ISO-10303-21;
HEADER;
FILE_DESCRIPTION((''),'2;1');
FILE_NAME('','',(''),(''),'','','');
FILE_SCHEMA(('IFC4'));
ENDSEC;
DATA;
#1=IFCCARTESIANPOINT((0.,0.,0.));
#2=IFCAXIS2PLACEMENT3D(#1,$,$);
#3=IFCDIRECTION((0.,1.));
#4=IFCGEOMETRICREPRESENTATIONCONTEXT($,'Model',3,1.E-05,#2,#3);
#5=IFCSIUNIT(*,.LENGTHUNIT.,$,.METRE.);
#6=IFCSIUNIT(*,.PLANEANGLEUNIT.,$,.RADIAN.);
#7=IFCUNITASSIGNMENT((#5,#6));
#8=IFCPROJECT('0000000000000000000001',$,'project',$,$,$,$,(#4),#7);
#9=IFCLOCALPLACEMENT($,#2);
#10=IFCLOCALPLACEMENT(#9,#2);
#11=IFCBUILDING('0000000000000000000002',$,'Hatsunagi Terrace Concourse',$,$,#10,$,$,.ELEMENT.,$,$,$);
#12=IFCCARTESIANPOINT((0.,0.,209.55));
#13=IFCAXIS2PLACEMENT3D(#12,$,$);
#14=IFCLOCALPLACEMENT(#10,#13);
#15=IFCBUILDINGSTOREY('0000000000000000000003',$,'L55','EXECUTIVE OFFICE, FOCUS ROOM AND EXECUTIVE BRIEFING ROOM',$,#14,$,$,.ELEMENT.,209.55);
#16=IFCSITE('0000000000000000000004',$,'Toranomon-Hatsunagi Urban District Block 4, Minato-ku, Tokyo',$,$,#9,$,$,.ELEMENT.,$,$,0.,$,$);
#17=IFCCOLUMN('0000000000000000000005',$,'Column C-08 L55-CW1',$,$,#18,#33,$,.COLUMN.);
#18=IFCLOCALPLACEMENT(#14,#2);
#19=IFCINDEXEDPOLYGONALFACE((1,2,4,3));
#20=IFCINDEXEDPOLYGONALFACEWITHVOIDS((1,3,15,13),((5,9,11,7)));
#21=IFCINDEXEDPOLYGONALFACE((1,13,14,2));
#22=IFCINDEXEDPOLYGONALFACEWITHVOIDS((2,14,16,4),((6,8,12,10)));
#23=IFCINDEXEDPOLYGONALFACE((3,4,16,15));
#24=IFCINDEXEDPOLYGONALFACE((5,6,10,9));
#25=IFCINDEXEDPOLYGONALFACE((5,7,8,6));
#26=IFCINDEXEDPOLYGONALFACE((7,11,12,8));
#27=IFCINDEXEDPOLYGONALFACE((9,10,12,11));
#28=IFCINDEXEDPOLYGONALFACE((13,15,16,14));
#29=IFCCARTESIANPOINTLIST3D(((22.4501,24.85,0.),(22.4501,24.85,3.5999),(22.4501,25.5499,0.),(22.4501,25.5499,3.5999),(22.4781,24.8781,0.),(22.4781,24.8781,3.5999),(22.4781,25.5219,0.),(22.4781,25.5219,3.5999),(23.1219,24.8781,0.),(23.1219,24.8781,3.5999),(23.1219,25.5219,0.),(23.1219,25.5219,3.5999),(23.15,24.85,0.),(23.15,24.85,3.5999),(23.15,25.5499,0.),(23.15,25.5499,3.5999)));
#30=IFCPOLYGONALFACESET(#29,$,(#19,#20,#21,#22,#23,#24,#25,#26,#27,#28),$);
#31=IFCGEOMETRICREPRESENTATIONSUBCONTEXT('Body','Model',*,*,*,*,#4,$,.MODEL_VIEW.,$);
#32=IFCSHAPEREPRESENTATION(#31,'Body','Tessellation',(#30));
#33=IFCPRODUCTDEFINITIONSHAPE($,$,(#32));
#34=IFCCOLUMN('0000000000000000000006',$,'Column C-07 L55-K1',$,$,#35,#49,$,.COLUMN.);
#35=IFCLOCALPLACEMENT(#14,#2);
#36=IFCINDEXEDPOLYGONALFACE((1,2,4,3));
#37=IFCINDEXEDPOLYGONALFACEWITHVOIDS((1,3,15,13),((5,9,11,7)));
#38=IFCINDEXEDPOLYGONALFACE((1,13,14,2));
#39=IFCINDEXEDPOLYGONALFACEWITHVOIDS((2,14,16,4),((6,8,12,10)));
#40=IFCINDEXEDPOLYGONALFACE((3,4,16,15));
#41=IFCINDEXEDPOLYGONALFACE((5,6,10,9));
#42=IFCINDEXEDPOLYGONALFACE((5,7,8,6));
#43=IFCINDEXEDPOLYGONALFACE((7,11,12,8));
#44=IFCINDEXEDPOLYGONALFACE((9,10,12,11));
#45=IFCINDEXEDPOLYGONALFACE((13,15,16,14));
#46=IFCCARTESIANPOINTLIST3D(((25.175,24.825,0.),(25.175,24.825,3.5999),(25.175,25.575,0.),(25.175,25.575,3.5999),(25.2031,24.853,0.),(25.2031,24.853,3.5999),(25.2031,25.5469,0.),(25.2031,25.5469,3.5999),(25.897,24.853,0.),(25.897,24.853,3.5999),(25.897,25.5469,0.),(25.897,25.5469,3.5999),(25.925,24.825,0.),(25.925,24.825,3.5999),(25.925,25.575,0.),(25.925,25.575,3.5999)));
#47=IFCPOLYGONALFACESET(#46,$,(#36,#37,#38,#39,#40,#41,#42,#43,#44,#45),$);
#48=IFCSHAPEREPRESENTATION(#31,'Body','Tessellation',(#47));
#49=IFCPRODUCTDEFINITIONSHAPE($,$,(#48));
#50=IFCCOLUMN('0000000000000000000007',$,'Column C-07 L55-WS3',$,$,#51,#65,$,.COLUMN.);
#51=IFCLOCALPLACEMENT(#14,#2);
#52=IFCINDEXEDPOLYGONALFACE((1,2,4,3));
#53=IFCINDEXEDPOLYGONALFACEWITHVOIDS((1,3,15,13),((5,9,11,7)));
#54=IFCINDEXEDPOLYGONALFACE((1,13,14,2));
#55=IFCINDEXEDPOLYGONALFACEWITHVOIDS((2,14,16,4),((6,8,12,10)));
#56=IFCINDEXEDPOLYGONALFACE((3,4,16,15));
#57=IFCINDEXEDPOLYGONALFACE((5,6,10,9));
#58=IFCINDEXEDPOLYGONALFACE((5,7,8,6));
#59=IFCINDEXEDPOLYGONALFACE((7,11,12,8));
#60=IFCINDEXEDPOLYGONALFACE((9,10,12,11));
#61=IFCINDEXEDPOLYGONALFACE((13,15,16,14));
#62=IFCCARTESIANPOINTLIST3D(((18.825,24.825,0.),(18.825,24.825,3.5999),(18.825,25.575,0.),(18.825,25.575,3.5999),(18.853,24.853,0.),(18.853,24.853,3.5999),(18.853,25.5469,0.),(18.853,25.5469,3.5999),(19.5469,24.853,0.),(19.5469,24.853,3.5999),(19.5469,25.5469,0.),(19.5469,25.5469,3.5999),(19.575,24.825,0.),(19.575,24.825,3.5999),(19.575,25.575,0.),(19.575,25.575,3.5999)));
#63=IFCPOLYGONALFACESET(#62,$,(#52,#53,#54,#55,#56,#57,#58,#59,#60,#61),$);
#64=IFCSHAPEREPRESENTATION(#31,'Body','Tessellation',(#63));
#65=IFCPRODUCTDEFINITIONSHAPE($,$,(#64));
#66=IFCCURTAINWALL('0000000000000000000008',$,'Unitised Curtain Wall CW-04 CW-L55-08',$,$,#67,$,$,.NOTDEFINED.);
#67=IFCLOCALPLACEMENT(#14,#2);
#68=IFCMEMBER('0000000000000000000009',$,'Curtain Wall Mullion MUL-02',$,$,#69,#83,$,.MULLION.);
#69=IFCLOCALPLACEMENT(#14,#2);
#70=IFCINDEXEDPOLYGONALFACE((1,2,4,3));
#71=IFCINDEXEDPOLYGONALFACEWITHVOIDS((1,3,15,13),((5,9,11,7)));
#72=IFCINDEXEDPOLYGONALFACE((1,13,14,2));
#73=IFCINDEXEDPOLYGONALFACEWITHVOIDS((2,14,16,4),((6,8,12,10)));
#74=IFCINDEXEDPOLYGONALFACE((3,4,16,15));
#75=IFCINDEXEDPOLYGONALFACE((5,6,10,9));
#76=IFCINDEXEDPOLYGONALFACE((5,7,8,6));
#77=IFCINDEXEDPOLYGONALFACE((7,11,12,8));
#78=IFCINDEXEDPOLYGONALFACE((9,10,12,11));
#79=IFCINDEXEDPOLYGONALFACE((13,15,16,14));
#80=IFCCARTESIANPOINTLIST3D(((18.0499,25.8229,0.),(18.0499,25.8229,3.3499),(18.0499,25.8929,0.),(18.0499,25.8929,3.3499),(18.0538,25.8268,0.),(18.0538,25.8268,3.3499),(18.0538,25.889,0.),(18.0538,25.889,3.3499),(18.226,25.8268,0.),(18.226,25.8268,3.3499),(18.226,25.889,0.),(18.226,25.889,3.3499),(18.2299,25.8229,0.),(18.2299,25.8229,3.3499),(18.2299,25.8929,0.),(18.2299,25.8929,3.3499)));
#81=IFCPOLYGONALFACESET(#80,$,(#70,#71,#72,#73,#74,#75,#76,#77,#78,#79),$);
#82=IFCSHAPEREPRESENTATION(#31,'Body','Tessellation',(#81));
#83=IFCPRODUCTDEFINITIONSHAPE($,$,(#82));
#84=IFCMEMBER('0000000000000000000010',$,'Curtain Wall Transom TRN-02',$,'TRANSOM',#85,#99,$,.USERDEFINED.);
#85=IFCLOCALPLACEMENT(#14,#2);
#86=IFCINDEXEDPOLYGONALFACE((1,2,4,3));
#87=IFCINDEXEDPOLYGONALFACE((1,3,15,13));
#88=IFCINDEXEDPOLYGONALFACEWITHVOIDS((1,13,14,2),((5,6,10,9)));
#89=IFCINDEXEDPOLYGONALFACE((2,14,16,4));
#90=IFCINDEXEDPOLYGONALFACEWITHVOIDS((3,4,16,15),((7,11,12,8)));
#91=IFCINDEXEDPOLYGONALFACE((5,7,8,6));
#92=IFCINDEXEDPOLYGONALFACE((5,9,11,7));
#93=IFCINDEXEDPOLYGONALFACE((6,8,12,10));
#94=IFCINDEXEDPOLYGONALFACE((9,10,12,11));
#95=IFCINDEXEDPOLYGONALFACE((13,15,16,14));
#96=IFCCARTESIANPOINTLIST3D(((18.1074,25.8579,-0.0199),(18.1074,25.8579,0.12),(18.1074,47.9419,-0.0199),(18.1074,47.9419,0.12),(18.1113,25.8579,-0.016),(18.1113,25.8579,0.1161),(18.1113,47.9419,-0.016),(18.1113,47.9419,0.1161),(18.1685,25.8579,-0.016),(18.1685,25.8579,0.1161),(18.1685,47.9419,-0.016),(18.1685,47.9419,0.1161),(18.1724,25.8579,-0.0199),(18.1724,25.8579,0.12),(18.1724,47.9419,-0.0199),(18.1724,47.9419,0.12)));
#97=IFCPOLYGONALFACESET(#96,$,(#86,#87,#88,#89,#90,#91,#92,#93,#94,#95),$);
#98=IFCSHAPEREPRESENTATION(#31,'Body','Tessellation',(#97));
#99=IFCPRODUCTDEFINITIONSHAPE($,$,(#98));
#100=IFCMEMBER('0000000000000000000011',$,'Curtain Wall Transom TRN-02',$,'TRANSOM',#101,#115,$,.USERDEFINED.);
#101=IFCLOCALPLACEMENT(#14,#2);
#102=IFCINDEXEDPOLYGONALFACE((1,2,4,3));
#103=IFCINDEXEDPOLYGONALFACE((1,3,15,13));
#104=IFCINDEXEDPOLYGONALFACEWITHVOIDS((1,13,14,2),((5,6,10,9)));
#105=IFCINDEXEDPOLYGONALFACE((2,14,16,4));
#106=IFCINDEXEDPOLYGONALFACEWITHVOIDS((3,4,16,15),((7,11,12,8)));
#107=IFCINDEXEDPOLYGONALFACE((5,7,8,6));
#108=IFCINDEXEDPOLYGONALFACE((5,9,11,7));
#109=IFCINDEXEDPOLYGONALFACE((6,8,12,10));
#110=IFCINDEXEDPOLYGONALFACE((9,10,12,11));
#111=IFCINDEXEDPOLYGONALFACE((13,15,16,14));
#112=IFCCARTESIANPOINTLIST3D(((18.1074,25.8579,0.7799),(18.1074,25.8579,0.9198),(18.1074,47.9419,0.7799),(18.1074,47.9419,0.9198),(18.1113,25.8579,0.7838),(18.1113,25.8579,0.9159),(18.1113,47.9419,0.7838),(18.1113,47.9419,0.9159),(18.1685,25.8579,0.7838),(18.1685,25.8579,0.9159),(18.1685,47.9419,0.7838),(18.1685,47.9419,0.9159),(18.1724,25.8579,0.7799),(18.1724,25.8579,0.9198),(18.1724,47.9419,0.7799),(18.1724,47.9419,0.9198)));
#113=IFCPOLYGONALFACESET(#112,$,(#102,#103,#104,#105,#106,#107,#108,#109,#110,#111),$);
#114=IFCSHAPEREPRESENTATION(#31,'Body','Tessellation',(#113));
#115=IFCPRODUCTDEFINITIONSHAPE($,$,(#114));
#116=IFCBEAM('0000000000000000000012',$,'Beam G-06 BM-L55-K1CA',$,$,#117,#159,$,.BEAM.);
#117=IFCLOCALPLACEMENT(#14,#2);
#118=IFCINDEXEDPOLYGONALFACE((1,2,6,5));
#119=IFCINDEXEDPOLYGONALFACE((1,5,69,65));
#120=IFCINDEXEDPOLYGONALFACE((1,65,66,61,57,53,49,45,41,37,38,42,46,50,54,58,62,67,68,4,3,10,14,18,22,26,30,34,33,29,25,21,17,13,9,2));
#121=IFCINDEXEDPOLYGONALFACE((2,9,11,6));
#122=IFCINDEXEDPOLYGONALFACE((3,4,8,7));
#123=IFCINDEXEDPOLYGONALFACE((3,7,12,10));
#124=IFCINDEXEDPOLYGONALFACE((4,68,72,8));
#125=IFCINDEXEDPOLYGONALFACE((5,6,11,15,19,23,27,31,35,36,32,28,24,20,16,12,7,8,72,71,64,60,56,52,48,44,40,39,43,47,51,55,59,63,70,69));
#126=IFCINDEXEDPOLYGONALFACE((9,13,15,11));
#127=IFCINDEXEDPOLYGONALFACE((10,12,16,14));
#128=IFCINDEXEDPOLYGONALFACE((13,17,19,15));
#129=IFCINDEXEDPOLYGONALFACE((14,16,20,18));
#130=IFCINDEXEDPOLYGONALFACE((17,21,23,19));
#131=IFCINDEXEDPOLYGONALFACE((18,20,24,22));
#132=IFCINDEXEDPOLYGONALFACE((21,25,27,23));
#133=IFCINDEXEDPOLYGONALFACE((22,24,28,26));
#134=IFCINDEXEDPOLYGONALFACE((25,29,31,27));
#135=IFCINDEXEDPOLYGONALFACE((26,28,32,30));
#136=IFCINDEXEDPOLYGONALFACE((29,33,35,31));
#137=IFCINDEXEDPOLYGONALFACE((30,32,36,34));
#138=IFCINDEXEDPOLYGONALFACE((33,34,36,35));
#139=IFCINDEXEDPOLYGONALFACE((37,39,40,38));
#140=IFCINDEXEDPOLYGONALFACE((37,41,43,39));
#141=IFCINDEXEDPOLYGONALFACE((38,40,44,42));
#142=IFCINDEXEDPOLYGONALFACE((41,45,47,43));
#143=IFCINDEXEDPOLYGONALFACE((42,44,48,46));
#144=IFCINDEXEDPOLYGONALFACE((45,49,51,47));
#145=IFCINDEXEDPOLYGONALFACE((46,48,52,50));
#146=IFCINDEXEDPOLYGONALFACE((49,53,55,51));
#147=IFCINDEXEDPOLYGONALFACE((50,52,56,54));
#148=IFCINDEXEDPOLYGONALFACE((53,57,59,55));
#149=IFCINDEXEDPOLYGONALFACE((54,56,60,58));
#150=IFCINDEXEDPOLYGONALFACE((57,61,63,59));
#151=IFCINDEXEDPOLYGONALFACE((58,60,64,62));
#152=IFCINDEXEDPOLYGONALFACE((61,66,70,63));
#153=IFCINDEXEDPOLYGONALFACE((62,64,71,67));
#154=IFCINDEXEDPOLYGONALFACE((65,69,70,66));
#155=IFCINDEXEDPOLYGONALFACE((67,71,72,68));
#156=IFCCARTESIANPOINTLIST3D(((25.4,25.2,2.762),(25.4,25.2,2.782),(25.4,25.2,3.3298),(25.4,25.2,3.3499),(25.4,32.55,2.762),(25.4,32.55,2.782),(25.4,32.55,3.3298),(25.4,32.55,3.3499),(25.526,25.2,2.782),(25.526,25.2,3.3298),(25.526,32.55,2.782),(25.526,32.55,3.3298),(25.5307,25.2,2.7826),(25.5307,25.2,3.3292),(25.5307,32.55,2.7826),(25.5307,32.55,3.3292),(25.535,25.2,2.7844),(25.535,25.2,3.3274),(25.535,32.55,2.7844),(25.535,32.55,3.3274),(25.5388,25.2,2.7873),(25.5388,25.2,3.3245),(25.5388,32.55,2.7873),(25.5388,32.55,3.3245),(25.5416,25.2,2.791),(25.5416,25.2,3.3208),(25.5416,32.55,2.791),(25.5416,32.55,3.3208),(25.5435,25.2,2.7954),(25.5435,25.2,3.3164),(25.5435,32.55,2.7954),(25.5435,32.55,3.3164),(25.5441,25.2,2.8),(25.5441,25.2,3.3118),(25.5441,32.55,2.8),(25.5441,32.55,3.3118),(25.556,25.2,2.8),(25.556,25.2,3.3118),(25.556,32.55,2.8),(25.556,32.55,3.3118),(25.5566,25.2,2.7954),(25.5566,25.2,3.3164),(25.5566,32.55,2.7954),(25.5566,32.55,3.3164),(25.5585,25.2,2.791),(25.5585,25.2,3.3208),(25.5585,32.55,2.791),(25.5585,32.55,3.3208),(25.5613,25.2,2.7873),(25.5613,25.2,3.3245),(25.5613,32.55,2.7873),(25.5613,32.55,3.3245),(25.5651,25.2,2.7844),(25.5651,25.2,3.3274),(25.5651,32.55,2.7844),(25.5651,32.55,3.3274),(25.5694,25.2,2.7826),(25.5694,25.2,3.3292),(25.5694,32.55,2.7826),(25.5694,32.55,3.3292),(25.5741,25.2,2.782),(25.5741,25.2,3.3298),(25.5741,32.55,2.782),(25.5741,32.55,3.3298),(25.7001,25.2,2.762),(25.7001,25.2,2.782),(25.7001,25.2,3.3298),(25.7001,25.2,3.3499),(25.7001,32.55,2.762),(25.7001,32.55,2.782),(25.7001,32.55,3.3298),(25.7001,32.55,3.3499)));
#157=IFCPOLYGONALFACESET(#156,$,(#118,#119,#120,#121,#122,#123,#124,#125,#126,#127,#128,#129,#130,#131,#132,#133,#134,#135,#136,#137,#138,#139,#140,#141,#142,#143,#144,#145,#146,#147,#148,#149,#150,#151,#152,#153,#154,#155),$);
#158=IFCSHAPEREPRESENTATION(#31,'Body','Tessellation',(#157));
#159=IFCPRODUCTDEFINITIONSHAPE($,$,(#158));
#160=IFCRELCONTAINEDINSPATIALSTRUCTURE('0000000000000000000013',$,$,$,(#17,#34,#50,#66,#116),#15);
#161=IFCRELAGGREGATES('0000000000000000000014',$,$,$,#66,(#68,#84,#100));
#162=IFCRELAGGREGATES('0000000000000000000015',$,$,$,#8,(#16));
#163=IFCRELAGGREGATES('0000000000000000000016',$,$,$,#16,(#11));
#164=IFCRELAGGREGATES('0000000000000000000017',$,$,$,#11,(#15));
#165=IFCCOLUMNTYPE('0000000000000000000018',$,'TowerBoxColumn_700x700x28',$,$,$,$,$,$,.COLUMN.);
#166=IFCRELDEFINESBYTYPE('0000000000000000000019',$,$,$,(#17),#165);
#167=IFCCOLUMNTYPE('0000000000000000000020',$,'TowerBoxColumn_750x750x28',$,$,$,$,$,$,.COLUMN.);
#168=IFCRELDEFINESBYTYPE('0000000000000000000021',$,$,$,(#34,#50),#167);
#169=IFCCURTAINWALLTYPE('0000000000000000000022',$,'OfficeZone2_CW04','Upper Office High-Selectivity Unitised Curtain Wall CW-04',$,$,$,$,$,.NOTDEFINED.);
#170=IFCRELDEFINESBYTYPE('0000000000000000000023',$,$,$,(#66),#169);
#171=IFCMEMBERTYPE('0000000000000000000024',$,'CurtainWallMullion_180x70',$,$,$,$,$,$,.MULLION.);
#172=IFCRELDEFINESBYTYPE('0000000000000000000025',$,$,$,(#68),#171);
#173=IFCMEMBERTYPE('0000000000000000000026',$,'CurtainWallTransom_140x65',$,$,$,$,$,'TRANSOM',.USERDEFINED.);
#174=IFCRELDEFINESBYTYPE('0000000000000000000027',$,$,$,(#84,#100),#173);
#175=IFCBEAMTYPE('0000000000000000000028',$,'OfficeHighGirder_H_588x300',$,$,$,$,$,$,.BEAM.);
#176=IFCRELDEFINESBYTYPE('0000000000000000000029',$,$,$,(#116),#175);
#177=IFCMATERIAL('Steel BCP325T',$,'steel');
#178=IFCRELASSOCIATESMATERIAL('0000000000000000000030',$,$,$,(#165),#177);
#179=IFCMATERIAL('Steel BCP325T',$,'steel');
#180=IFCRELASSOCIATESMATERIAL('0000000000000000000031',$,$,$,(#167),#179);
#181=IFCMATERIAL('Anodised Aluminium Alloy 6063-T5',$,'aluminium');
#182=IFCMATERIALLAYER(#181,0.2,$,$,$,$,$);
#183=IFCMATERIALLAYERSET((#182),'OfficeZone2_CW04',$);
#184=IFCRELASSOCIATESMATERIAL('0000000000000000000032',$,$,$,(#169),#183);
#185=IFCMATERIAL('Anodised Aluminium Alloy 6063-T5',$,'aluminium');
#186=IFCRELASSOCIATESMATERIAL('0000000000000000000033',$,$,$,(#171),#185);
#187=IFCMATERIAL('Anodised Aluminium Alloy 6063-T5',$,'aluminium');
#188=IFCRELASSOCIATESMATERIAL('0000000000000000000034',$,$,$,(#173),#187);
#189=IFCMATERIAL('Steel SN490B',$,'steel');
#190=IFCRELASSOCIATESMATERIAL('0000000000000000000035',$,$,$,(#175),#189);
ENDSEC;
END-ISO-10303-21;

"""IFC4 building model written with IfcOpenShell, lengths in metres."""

from ifc_helpers import new_model, si_unit, direction, frame, origin, origin_2d, place, context, subcontext, project, spatial, hollow_rectangle, i_section, extrude, material, layer, layer_set, material_profile, profile_set, type_object, element, aggregate, save


model = new_model("IFC4")

# Units and contexts
model_context = context("Model", 3, precision=1e-05, world=origin(), true_north=direction((0.0, 1.0)))
body_context = subcontext(model_context, "Body", "Model", "MODEL_VIEW")
ifc_project = project(units=[si_unit("LENGTHUNIT", "METRE"), si_unit("PLANEANGLEUNIT", "RADIAN")], contexts=[model_context])

# Site, building, storey
site_placement = place(None, origin())
site = spatial("IfcSite", under=ifc_project, at=site_placement, Name="Toranomon-Hatsunagi Urban District Block 4, Minato-ku, Tokyo", CompositionType="ELEMENT", RefElevation=0.0)
building_placement = place(site_placement, origin())
building = spatial("IfcBuilding", under=site, at=building_placement, Name="Hatsunagi Terrace Concourse", CompositionType="ELEMENT")
storey_placement = place(building_placement, frame((0.0, 0.0, 209.55)))
storey = spatial("IfcBuildingStorey", under=building, at=storey_placement, Name="L55", Description="EXECUTIVE OFFICE, FOCUS ROOM AND EXECUTIVE BRIEFING ROOM", CompositionType="ELEMENT", Elevation=209.55)

# Columns
ifc_material_1 = material(Name="Steel BCP325T", Category="steel")
ifc_material_profile_1 = material_profile(ifc_material_1, hollow_rectangle(XDim=0.7, YDim=0.7, WallThickness=0.0281, at=origin_2d()), Name="BCP-700x700x28")
ifc_profile_set_1 = profile_set([ifc_material_profile_1], Name="Steel BCP325T")
column_type_1 = type_object("IfcColumnType", Name="TowerBoxColumn_700x700x28", PredefinedType="COLUMN", material=ifc_profile_set_1)
column_placement = place(storey_placement, frame((22.8, 25.2, 0.0), z_axis=(0.0, 0.0, 1.0), x_axis=(1.0, 0.0, 0.0)))
element("IfcColumn", 1, at=column_placement, inside=storey, type_object=column_type_1, Name="Column C-08 L55-CW1", PredefinedType="COLUMN", context=body_context, shape_type="SweptSolid", body=[
    extrude(hollow_rectangle(XDim=0.7, YDim=0.7, WallThickness=0.0281, at=origin_2d()), origin(), (0.0, 0.0, 1.0), 3.5999),
])
ifc_material_2 = material(Name="Steel BCP325T", Category="steel")
ifc_material_profile_2 = material_profile(ifc_material_2, hollow_rectangle(XDim=0.75, YDim=0.75, WallThickness=0.0281, at=origin_2d()), Name="BCP-750x750x28")
ifc_profile_set_2 = profile_set([ifc_material_profile_2], Name="Steel BCP325T")
column_type_2 = type_object("IfcColumnType", Name="TowerBoxColumn_750x750x28", PredefinedType="COLUMN", material=ifc_profile_set_2)
for number, where, z_axis, x_axis, name in (
    (2, (25.55, 25.2, 0.0), (0.0, 0.0, 1.0), (1.0, 0.0, 0.0), "Column C-07 L55-K1"),
    (3, (19.2, 25.2, 0.0), (0.0, 0.0, 1.0), (1.0, 0.0, 0.0), "Column C-07 L55-WS3"),
):
    element("IfcColumn", number, at=place(storey_placement, frame(where, z_axis=z_axis, x_axis=x_axis)), inside=storey, type_object=column_type_2, Name=name, PredefinedType="COLUMN", context=body_context, shape_type="SweptSolid", body=[
        extrude(hollow_rectangle(XDim=0.75, YDim=0.75, WallThickness=0.0281, at=origin_2d()), origin(), (0.0, 0.0, 1.0), 3.5999),
    ])

# Curtain wall, members
ifc_material_3 = material(Name="Anodised Aluminium Alloy 6063-T5", Category="aluminium")
ifc_layer_1 = layer(ifc_material_3, 0.2)
ifc_layer_set_1 = layer_set([ifc_layer_1], Name="OfficeZone2_CW04")
curtain_wall_type = type_object("IfcCurtainWallType", Name="OfficeZone2_CW04", Description="Upper Office High-Selectivity Unitised Curtain Wall CW-04", PredefinedType="NOTDEFINED", material=ifc_layer_set_1)
curtain_wall_placement = place(storey_placement, origin())
curtain_wall = element("IfcCurtainWall", 4, at=curtain_wall_placement, inside=storey, type_object=curtain_wall_type, Name="Unitised Curtain Wall CW-04 CW-L55-08", PredefinedType="NOTDEFINED")
ifc_material_4 = material(Name="Anodised Aluminium Alloy 6063-T5", Category="aluminium")
ifc_material_profile_3 = material_profile(ifc_material_4, hollow_rectangle(XDim=0.0701, YDim=0.1799, WallThickness=0.0039, at=origin_2d()), Name="ALU-MUL-180x70x4")
ifc_profile_set_3 = profile_set([ifc_material_profile_3], Name="Anodised Aluminium Alloy 6063-T5")
member_type_1 = type_object("IfcMemberType", Name="CurtainWallMullion_180x70", PredefinedType="MULLION", material=ifc_profile_set_3)
member_1_placement = place(storey_placement, frame((18.1399, 25.8579, 0.0), z_axis=(0.0, 0.0, 1.0), x_axis=(0.0, 1.0, 0.0)))
member_1 = element("IfcMember", 5, at=member_1_placement, type_object=member_type_1, Name="Curtain Wall Mullion MUL-02", PredefinedType="MULLION", context=body_context, shape_type="SweptSolid", body=[
    extrude(hollow_rectangle(XDim=0.0701, YDim=0.1799, WallThickness=0.0039, at=origin_2d()), origin(), (0.0, 0.0, 1.0), 3.3499),
])
ifc_material_5 = material(Name="Anodised Aluminium Alloy 6063-T5", Category="aluminium")
ifc_material_profile_4 = material_profile(ifc_material_5, hollow_rectangle(XDim=0.0649, YDim=0.1399, WallThickness=0.0039, at=origin_2d()), Name="ALU-TRN-140x65x4")
ifc_profile_set_4 = profile_set([ifc_material_profile_4], Name="Anodised Aluminium Alloy 6063-T5")
member_type_2 = type_object("IfcMemberType", Name="CurtainWallTransom_140x65", ElementType="TRANSOM", PredefinedType="USERDEFINED", material=ifc_profile_set_4)
member_2_placement = place(storey_placement, frame((18.1399, 25.8579, 0.05), z_axis=(0.0, 1.0, 0.0), x_axis=(-1.0, 0.0, 0.0)))
member_2 = element("IfcMember", 6, at=member_2_placement, type_object=member_type_2, Name="Curtain Wall Transom TRN-02", ObjectType="TRANSOM", PredefinedType="USERDEFINED", context=body_context, shape_type="SweptSolid", body=[
    extrude(hollow_rectangle(XDim=0.0649, YDim=0.1399, WallThickness=0.0039, at=origin_2d()), origin(), (0.0, 0.0, 1.0), 22.084),
])
member_3_placement = place(storey_placement, frame((18.1399, 25.8579, 0.8499), z_axis=(0.0, 1.0, 0.0), x_axis=(-1.0, 0.0, 0.0)))
member_3 = element("IfcMember", 7, at=member_3_placement, type_object=member_type_2, Name="Curtain Wall Transom TRN-02", ObjectType="TRANSOM", PredefinedType="USERDEFINED", context=body_context, shape_type="SweptSolid", body=[
    extrude(hollow_rectangle(XDim=0.0649, YDim=0.1399, WallThickness=0.0039, at=origin_2d()), origin(), (0.0, 0.0, 1.0), 22.084),
])
aggregate(curtain_wall, [member_1, member_2, member_3])

# Beam
ifc_material_6 = material(Name="Steel SN490B", Category="steel")
ifc_material_profile_5 = material_profile(ifc_material_6, i_section(OverallWidth=0.3, OverallDepth=0.5879, WebThickness=0.012, FlangeThickness=0.02, FilletRadius=0.0181, at=origin_2d()), Name="H-588x300x12x20")
ifc_profile_set_5 = profile_set([ifc_material_profile_5], Name="Steel SN490B")
beam_type_1 = type_object("IfcBeamType", Name="OfficeHighGirder_H_588x300", PredefinedType="BEAM", material=ifc_profile_set_5)
beam_1_placement = place(storey_placement, frame((25.55, 25.2, 3.0559), z_axis=(0.0, 1.0, 0.0), x_axis=(-1.0, 0.0, 0.0)))
element("IfcBeam", 8, at=beam_1_placement, inside=storey, type_object=beam_type_1, Name="Beam G-06 BM-L55-K1CA", PredefinedType="BEAM", context=body_context, shape_type="SweptSolid", body=[
    extrude(i_section(OverallWidth=0.3, OverallDepth=0.5879, WebThickness=0.012, FlangeThickness=0.02, FilletRadius=0.0181, at=origin_2d()), origin(), (0.0, 0.0, 1.0), 7.3501),
])

save(model, "model.ifc")
